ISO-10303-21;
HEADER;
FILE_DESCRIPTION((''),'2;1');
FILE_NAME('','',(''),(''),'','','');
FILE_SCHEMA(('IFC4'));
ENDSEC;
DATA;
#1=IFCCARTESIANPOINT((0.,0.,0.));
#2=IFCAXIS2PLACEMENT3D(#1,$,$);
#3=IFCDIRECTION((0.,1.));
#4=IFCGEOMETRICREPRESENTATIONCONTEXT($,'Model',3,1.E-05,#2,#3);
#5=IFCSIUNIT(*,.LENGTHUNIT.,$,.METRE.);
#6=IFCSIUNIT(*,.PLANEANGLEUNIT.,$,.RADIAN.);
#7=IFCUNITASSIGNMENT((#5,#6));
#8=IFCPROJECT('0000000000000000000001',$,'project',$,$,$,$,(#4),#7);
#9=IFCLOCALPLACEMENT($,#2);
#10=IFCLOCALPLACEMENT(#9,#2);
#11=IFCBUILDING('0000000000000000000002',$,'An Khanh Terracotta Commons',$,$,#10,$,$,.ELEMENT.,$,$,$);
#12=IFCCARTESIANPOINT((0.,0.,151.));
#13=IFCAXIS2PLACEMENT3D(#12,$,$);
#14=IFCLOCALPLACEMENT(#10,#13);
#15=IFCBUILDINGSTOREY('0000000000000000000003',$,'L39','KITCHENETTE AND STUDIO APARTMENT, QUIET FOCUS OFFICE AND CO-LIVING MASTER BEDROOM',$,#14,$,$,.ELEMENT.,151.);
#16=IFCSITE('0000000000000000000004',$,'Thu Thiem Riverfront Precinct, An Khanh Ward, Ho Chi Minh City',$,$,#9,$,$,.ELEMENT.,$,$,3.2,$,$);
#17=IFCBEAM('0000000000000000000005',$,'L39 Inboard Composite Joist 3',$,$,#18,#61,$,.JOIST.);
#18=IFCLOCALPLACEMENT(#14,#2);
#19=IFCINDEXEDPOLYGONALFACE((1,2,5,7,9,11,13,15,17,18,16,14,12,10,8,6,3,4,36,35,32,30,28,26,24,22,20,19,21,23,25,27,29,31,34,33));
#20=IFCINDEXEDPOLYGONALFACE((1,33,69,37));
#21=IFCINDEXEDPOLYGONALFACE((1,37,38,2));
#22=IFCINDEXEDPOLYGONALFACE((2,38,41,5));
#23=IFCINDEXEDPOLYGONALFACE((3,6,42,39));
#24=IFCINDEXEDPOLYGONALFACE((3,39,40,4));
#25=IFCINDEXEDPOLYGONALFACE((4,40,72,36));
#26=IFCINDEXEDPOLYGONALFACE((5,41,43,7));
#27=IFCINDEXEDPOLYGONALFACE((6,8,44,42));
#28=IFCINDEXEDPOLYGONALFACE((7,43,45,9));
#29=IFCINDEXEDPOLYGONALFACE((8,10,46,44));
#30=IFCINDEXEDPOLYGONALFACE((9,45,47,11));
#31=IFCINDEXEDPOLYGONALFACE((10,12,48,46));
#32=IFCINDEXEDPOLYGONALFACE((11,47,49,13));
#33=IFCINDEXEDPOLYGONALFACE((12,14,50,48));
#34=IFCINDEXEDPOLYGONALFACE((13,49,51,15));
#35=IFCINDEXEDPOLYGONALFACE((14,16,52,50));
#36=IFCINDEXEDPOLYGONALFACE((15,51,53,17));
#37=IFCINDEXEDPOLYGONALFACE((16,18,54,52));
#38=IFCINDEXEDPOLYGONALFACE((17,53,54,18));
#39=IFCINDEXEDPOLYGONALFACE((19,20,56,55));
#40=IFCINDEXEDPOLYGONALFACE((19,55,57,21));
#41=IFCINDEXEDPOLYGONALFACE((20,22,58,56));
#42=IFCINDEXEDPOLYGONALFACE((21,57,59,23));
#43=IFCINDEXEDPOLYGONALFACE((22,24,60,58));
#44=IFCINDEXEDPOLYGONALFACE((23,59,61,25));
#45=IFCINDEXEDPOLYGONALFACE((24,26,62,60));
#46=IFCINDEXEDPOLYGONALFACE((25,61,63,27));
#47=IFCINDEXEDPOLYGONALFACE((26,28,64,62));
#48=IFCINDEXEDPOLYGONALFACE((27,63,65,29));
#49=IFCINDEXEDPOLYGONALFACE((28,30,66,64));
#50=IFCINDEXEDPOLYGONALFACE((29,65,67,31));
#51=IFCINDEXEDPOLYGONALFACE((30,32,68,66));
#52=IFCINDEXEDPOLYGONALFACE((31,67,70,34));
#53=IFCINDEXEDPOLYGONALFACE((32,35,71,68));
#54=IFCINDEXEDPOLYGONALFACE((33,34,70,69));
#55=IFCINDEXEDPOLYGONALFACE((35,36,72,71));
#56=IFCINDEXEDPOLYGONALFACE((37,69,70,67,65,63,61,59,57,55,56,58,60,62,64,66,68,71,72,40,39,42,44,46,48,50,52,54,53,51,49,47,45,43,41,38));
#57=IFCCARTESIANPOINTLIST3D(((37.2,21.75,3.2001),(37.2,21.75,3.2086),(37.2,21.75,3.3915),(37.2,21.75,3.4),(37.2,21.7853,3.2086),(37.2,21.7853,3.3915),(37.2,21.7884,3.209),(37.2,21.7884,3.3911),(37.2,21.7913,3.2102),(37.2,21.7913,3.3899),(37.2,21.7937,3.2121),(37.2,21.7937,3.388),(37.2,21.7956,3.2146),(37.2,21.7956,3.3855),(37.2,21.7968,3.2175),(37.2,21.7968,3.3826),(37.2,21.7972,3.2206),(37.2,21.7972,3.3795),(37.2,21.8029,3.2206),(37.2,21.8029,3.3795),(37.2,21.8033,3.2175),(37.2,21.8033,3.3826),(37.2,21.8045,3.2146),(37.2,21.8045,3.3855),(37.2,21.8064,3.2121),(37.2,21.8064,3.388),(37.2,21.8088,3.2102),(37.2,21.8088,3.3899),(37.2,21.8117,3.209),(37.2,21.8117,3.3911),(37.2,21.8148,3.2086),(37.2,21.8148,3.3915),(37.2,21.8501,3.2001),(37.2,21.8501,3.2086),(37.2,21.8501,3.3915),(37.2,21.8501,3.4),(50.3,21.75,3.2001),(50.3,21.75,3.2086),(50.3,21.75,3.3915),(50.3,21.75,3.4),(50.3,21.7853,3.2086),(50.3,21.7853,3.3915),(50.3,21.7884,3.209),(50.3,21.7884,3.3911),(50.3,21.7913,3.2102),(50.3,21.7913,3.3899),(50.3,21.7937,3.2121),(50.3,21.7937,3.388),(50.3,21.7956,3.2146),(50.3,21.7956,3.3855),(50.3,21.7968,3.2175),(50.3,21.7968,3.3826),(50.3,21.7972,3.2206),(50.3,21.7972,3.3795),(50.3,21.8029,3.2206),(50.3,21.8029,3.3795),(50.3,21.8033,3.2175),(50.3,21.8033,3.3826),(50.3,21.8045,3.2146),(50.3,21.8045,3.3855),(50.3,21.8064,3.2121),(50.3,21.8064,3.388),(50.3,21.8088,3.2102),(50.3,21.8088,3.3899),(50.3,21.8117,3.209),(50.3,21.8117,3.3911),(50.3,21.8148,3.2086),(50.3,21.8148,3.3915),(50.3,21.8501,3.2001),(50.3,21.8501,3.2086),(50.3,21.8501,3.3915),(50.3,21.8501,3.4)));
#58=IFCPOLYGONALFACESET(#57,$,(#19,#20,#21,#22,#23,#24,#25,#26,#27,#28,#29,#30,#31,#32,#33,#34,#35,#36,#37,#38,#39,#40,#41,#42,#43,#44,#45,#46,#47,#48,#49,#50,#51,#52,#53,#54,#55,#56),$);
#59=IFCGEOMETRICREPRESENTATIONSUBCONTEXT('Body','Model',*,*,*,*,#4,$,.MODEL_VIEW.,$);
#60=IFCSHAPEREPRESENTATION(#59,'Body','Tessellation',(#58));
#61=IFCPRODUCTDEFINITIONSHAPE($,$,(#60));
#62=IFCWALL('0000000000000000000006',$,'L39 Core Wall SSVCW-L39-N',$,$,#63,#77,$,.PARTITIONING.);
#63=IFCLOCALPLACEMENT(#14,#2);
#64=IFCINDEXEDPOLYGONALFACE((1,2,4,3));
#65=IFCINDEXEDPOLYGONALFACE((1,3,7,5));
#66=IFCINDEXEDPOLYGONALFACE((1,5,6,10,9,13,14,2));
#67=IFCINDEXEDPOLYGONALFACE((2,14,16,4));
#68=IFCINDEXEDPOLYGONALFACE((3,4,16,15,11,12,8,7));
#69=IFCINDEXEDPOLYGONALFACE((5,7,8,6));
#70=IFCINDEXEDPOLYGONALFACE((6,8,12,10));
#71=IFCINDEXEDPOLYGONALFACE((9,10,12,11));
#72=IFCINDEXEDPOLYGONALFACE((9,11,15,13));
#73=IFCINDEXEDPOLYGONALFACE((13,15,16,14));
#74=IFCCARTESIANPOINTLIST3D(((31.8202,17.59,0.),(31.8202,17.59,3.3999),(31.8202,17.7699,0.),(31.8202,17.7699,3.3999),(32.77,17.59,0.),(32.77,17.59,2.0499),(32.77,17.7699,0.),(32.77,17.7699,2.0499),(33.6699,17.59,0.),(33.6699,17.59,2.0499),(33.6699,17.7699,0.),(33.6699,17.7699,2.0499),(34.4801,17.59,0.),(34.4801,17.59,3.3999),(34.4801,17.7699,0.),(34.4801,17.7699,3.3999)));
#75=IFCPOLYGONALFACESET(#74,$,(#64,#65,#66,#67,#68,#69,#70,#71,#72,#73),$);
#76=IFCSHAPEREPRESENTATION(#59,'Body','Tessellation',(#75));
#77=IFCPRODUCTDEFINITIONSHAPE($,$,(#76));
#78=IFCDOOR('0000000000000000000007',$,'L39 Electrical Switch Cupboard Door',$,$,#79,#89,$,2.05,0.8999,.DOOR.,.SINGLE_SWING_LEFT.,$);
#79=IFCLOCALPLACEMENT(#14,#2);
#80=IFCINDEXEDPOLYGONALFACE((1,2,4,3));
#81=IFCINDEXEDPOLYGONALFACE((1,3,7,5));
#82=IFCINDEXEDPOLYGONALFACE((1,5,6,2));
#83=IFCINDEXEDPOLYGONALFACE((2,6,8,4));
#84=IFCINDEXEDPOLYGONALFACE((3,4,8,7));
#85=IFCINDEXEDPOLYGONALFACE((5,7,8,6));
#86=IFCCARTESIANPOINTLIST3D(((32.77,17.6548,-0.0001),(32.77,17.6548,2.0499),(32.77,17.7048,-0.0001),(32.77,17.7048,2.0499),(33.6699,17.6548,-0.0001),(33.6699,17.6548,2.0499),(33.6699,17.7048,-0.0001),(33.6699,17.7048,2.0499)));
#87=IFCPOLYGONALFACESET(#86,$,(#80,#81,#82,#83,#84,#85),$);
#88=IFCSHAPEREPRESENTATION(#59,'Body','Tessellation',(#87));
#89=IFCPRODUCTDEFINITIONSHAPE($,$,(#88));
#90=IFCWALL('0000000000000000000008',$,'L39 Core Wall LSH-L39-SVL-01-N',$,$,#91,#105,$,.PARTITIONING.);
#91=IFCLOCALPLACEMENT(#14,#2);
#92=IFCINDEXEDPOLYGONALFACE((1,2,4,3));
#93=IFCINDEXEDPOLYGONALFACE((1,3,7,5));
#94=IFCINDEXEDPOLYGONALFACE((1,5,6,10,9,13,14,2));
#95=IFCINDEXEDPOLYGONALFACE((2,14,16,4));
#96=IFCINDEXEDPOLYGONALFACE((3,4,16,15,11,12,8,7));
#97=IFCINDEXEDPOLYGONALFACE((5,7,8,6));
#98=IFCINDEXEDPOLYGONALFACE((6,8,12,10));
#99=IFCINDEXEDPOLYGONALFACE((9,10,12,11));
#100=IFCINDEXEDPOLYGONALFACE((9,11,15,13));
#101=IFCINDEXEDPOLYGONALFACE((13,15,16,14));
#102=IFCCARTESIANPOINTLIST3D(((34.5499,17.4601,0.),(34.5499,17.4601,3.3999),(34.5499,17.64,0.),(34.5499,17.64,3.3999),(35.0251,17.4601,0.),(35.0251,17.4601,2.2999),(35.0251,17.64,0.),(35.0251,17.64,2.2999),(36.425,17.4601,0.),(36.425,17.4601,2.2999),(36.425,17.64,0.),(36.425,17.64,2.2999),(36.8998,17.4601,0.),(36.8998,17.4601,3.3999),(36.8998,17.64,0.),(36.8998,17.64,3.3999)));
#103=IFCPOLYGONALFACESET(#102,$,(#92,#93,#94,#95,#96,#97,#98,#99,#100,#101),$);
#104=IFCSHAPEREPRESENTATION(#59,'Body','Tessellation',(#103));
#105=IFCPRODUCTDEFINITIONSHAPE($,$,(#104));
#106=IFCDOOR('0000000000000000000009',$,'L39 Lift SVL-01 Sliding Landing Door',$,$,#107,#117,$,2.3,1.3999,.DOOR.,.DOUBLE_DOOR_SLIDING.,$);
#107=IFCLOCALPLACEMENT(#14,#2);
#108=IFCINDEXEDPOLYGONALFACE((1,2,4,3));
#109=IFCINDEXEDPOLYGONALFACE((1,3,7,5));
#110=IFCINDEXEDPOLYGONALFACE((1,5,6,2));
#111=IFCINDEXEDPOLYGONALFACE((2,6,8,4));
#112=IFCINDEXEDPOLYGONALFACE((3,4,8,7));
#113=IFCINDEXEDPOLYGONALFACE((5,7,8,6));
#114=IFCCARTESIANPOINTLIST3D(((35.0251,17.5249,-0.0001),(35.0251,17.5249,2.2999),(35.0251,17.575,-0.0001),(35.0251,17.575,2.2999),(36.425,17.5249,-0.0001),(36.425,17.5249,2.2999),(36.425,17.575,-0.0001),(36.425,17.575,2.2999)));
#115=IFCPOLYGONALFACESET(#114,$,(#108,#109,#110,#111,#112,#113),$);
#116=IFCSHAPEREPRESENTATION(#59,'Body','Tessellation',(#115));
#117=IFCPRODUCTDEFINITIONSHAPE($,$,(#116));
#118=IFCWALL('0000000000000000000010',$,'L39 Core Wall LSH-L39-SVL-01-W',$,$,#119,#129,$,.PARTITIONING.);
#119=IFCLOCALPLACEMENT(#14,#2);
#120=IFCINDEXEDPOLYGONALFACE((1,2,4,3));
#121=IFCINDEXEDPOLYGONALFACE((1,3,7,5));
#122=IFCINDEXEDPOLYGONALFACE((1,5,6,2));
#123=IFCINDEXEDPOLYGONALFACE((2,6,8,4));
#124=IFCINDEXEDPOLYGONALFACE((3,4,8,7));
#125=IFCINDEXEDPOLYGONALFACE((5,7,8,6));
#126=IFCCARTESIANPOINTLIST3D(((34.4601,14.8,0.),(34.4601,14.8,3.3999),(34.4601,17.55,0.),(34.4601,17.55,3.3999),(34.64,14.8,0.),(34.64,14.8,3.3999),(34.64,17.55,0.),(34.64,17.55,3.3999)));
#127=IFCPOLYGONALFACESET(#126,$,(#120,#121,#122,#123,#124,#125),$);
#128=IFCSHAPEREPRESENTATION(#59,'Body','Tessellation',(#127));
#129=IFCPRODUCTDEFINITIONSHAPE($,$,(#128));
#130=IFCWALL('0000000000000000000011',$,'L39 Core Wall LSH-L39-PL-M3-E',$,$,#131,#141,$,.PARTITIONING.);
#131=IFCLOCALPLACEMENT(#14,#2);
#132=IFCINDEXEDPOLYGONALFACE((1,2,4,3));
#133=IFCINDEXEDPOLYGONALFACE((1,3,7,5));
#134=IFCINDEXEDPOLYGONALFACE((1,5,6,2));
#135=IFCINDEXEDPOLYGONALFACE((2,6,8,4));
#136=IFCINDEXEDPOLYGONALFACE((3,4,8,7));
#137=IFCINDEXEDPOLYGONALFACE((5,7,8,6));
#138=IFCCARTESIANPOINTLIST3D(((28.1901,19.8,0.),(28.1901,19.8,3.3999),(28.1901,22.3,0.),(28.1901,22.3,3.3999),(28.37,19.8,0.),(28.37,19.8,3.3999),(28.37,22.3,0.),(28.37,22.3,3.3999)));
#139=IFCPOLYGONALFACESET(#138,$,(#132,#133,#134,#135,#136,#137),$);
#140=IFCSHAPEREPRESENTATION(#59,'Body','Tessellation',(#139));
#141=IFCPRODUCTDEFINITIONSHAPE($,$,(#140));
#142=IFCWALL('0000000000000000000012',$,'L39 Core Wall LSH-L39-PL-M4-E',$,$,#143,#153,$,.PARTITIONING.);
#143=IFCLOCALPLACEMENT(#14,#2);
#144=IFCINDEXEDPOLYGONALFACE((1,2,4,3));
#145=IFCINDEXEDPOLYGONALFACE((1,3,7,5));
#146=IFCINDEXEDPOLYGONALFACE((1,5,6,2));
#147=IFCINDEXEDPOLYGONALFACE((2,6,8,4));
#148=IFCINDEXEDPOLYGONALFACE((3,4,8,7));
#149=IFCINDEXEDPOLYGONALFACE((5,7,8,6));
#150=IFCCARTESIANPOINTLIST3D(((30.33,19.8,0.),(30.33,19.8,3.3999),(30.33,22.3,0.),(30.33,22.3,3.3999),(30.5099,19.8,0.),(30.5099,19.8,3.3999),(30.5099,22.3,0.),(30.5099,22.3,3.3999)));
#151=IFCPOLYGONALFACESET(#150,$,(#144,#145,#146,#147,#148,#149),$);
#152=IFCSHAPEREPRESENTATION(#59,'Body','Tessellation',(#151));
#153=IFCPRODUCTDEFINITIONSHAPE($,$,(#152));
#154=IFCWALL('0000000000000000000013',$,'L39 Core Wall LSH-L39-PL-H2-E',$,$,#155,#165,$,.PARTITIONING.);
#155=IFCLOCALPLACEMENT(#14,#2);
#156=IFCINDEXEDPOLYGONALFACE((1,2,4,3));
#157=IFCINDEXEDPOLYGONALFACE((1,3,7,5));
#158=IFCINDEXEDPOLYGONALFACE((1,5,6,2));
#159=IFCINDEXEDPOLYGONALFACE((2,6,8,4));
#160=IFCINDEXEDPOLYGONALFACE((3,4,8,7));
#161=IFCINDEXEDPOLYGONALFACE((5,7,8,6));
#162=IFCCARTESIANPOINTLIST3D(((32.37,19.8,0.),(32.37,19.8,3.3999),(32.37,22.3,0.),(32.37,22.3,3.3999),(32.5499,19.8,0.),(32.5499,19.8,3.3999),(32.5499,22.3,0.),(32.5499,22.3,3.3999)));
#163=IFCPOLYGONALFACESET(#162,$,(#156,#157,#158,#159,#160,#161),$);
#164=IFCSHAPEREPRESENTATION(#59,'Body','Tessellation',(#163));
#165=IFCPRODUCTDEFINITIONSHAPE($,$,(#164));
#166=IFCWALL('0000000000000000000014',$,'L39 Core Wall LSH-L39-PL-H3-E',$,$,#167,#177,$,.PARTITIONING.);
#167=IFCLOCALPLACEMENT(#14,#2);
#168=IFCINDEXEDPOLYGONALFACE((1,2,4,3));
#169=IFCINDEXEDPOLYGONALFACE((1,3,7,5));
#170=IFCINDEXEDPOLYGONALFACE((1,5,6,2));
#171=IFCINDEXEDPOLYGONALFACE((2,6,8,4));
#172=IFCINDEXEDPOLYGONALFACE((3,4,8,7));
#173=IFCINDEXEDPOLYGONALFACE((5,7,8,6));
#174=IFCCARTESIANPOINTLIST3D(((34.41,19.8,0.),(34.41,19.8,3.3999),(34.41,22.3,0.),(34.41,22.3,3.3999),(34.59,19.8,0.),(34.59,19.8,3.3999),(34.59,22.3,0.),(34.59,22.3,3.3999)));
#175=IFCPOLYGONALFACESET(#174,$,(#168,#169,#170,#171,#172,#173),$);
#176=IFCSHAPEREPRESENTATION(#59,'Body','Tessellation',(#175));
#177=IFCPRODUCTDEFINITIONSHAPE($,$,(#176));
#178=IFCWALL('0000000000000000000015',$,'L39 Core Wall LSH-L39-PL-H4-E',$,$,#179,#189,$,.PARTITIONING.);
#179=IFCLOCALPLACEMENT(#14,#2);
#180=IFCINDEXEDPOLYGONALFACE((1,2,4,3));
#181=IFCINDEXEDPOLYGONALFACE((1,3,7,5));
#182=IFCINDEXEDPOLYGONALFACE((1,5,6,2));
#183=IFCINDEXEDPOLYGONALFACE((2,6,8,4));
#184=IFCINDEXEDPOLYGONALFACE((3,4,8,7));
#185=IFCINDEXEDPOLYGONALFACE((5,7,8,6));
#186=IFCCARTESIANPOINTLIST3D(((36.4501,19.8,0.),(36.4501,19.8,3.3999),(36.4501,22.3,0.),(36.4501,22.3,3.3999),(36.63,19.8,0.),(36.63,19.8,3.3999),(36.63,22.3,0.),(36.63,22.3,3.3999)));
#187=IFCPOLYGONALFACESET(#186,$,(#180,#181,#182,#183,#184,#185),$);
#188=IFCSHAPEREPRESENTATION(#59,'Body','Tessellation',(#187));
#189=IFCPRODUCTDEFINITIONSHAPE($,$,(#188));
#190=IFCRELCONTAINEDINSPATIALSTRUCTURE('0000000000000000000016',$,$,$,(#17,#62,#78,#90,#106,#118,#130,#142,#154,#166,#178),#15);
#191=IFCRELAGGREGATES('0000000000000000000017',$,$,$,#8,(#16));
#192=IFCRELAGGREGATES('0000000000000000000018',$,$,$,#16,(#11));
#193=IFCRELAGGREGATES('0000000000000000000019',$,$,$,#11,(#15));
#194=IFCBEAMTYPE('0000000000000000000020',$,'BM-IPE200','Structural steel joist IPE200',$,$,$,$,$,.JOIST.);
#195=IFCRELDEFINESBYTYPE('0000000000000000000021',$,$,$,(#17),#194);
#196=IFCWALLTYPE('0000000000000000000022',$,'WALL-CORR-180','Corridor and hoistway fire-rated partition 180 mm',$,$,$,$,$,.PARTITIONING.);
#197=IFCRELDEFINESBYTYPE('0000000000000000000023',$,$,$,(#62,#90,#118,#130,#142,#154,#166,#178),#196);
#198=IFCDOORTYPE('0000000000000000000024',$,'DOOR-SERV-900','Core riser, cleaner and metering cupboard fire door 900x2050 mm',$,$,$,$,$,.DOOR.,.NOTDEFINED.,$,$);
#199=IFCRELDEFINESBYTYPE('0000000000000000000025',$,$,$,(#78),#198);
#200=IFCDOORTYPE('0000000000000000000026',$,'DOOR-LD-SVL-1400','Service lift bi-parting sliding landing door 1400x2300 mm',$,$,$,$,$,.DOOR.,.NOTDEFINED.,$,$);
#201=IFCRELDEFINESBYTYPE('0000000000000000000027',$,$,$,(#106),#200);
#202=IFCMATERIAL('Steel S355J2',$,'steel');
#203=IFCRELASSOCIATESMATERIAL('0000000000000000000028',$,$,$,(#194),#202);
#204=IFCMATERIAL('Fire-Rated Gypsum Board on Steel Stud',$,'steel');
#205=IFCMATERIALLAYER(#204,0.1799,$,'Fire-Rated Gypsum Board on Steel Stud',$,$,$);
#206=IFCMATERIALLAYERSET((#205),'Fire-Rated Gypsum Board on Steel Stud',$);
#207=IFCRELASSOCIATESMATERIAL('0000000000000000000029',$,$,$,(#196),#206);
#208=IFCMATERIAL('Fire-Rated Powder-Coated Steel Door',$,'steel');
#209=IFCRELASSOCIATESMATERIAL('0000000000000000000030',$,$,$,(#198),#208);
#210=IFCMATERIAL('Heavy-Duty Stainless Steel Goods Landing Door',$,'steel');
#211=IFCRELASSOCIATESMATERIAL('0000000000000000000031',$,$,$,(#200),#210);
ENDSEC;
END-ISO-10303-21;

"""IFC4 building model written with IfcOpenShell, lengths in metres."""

from ifc_helpers import new_model, si_unit, direction, frame, frame_2d, origin, origin_2d, place, context, subcontext, project, spatial, rectangle, i_section, extrude, material, layer, layer_set, material_profile, profile_set, type_object, element, fill, save


model = new_model("IFC4")

# Units and contexts
model_context = context("Model", 3, precision=1e-05, world=origin(), true_north=direction((0.0, 1.0)))
body_context = subcontext(model_context, "Body", "Model", "MODEL_VIEW")
ifc_project = project(units=[si_unit("LENGTHUNIT", "METRE"), si_unit("PLANEANGLEUNIT", "RADIAN")], contexts=[model_context])

# Site, building, storey
site_placement = place(None, origin())
site = spatial("IfcSite", under=ifc_project, at=site_placement, Name="Thu Thiem Riverfront Precinct, An Khanh Ward, Ho Chi Minh City", CompositionType="ELEMENT", RefElevation=3.2)
building_placement = place(site_placement, origin())
building = spatial("IfcBuilding", under=site, at=building_placement, Name="An Khanh Terracotta Commons", CompositionType="ELEMENT")
storey_placement = place(building_placement, frame((0.0, 0.0, 151.0)))
storey = spatial("IfcBuildingStorey", under=building, at=storey_placement, Name="L39", Description="KITCHENETTE AND STUDIO APARTMENT, QUIET FOCUS OFFICE AND CO-LIVING MASTER BEDROOM", CompositionType="ELEMENT", Elevation=151.0)

# Beam
ifc_material_1 = material(Name="Steel S355J2", Category="steel")
ifc_material_profile_1 = material_profile(ifc_material_1, i_section(OverallWidth=0.1001, OverallDepth=0.2, WebThickness=0.0056, FlangeThickness=0.0085, FilletRadius=0.012, at=origin_2d()), Name="IPE200")
ifc_profile_set_1 = profile_set([ifc_material_profile_1], Name="Steel S355J2")
beam_type_1 = type_object("IfcBeamType", Name="BM-IPE200", Description="Structural steel joist IPE200", PredefinedType="JOIST", material=ifc_profile_set_1)
for number, where, z_axis, x_axis, name in (
    (1, (37.2, 21.8, 3.3), (1.0, 0.0, 0.0), (0.0, 1.0, 0.0), "L39 Inboard Composite Joist 3"),
):
    element("IfcBeam", number, at=place(storey_placement, frame(where, z_axis=z_axis, x_axis=x_axis)), inside=storey, type_object=beam_type_1, Name=name, PredefinedType="JOIST", context=body_context, shape_type="SweptSolid", body=[
        extrude(i_section(OverallWidth=0.1001, OverallDepth=0.2, WebThickness=0.0056, FlangeThickness=0.0085, FilletRadius=0.012, at=origin_2d()), origin(), (0.0, 0.0, 1.0), 13.1001),
    ])

# Walls, openings, doors
ifc_material_2 = material(Name="Fire-Rated Gypsum Board on Steel Stud", Category="steel")
ifc_layer = layer(ifc_material_2, 0.1799, Name="Fire-Rated Gypsum Board on Steel Stud")
ifc_layer_set = layer_set([ifc_layer], Name="Fire-Rated Gypsum Board on Steel Stud")
wall_type = type_object("IfcWallType", Name="WALL-CORR-180", Description="Corridor and hoistway fire-rated partition 180 mm", PredefinedType="PARTITIONING", material=ifc_layer_set)
wall_1_placement = place(storey_placement, frame((31.8201, 17.6799, 0.0), z_axis=(0.0, 0.0, 1.0), x_axis=(1.0, 0.0, 0.0)))
wall_1 = element("IfcWall", 2, at=wall_1_placement, inside=storey, type_object=wall_type, Name="L39 Core Wall SSVCW-L39-N", PredefinedType="PARTITIONING", context=body_context, shape_type="SweptSolid", body=[
    extrude(rectangle(XDim=2.6599, YDim=0.1799, at=frame_2d((1.3301, 0.0))), origin(), (0.0, 0.0, 1.0), 3.3999),
])
opening_1_placement = place(wall_1_placement, frame((0.95, 0.0, 0.0)))
opening_1 = element("IfcOpeningElement", 3, at=opening_1_placement, cuts=wall_1, PredefinedType="OPENING", context=body_context, shape_type="SweptSolid", body=[
    extrude(rectangle(XDim=0.8999, YDim=2.05, at=frame_2d((0.45, 1.0249))), frame((0.0, 0.0999, 0.0), z_axis=(0.0, -1.0, 0.0), x_axis=(1.0, 0.0, 0.0)), (0.0, 0.0, 1.0), 0.2),
])
ifc_material_3 = material(Name="Fire-Rated Powder-Coated Steel Door", Category="steel")
door_type_1 = type_object("IfcDoorType", Name="DOOR-SERV-900", Description="Core riser, cleaner and metering cupboard fire door 900x2050 mm", OperationType="NOTDEFINED", PredefinedType="DOOR", material=ifc_material_3)
door_1_placement = place(opening_1_placement, origin())
door_1 = element("IfcDoor", 4, at=door_1_placement, inside=storey, type_object=door_type_1, Name="L39 Electrical Switch Cupboard Door", OperationType="SINGLE_SWING_LEFT", OverallHeight=2.05, OverallWidth=0.8999, PredefinedType="DOOR", context=body_context, shape_type="SweptSolid", body=[
    extrude(rectangle(XDim=0.8999, YDim=2.05, at=frame_2d((0.45, 1.0249))), frame((0.0, 0.0249, 0.0), z_axis=(0.0, -1.0, 0.0), x_axis=(1.0, 0.0, 0.0)), (0.0, 0.0, 1.0), 0.05),
])
fill(opening_1, door_1)
wall_2_placement = place(storey_placement, frame((34.55, 17.55, 0.0), z_axis=(0.0, 0.0, 1.0), x_axis=(1.0, 0.0, 0.0)))
wall_2 = element("IfcWall", 5, at=wall_2_placement, inside=storey, type_object=wall_type, Name="L39 Core Wall LSH-L39-SVL-01-N", PredefinedType="PARTITIONING", context=body_context, shape_type="SweptSolid", body=[
    extrude(rectangle(XDim=2.3499, YDim=0.1799, at=frame_2d((1.1748, 0.0))), origin(), (0.0, 0.0, 1.0), 3.3999),
])
opening_2_placement = place(wall_2_placement, frame((0.4751, 0.0, 0.0)))
opening_2 = element("IfcOpeningElement", 6, at=opening_2_placement, cuts=wall_2, PredefinedType="OPENING", context=body_context, shape_type="SweptSolid", body=[
    extrude(rectangle(XDim=1.3999, YDim=2.3, at=frame_2d((0.7, 1.1499))), frame((0.0, 0.0999, 0.0), z_axis=(0.0, -1.0, 0.0), x_axis=(1.0, 0.0, 0.0)), (0.0, 0.0, 1.0), 0.2),
])
ifc_material_4 = material(Name="Heavy-Duty Stainless Steel Goods Landing Door", Category="steel")
door_type_2 = type_object("IfcDoorType", Name="DOOR-LD-SVL-1400", Description="Service lift bi-parting sliding landing door 1400x2300 mm", OperationType="NOTDEFINED", PredefinedType="DOOR", material=ifc_material_4)
door_2_placement = place(opening_2_placement, origin())
door_2 = element("IfcDoor", 7, at=door_2_placement, inside=storey, type_object=door_type_2, Name="L39 Lift SVL-01 Sliding Landing Door", OperationType="DOUBLE_DOOR_SLIDING", OverallHeight=2.3, OverallWidth=1.3999, PredefinedType="DOOR", context=body_context, shape_type="SweptSolid", body=[
    extrude(rectangle(XDim=1.3999, YDim=2.3, at=frame_2d((0.7, 1.1499))), frame((0.0, 0.0249, 0.0), z_axis=(0.0, -1.0, 0.0), x_axis=(1.0, 0.0, 0.0)), (0.0, 0.0, 1.0), 0.05),
])
fill(opening_2, door_2)

# Walls
wall_3_placement = place(storey_placement, frame((34.55, 17.55, 0.0), z_axis=(0.0, 0.0, 1.0), x_axis=(0.0, -1.0, 0.0)))
element("IfcWall", 8, at=wall_3_placement, inside=storey, type_object=wall_type, Name="L39 Core Wall LSH-L39-SVL-01-W", PredefinedType="PARTITIONING", context=body_context, shape_type="SweptSolid", body=[
    extrude(rectangle(XDim=2.75, YDim=0.1799, at=frame_2d((1.375, 0.0))), origin(), (0.0, 0.0, 1.0), 3.3999),
])
for number, where, z_axis, x_axis, name in (
    (9, (28.28, 19.8, 0.0), (0.0, 0.0, 1.0), (0.0, 1.0, 0.0), "L39 Core Wall LSH-L39-PL-M3-E"),
    (10, (30.4199, 19.8, 0.0), (0.0, 0.0, 1.0), (0.0, 1.0, 0.0), "L39 Core Wall LSH-L39-PL-M4-E"),
    (11, (32.46, 19.8, 0.0), (0.0, 0.0, 1.0), (0.0, 1.0, 0.0), "L39 Core Wall LSH-L39-PL-H2-E"),
    (12, (34.5, 19.8, 0.0), (0.0, 0.0, 1.0), (0.0, 1.0, 0.0), "L39 Core Wall LSH-L39-PL-H3-E"),
    (13, (36.54, 19.8, 0.0), (0.0, 0.0, 1.0), (0.0, 1.0, 0.0), "L39 Core Wall LSH-L39-PL-H4-E"),
):
    element("IfcWall", number, at=place(storey_placement, frame(where, z_axis=z_axis, x_axis=x_axis)), inside=storey, type_object=wall_type, Name=name, PredefinedType="PARTITIONING", context=body_context, shape_type="SweptSolid", body=[
        extrude(rectangle(XDim=2.5, YDim=0.1799, at=frame_2d((1.25, 0.0))), origin(), (0.0, 0.0, 1.0), 3.3999),
    ])

save(model, "model.ifc")
